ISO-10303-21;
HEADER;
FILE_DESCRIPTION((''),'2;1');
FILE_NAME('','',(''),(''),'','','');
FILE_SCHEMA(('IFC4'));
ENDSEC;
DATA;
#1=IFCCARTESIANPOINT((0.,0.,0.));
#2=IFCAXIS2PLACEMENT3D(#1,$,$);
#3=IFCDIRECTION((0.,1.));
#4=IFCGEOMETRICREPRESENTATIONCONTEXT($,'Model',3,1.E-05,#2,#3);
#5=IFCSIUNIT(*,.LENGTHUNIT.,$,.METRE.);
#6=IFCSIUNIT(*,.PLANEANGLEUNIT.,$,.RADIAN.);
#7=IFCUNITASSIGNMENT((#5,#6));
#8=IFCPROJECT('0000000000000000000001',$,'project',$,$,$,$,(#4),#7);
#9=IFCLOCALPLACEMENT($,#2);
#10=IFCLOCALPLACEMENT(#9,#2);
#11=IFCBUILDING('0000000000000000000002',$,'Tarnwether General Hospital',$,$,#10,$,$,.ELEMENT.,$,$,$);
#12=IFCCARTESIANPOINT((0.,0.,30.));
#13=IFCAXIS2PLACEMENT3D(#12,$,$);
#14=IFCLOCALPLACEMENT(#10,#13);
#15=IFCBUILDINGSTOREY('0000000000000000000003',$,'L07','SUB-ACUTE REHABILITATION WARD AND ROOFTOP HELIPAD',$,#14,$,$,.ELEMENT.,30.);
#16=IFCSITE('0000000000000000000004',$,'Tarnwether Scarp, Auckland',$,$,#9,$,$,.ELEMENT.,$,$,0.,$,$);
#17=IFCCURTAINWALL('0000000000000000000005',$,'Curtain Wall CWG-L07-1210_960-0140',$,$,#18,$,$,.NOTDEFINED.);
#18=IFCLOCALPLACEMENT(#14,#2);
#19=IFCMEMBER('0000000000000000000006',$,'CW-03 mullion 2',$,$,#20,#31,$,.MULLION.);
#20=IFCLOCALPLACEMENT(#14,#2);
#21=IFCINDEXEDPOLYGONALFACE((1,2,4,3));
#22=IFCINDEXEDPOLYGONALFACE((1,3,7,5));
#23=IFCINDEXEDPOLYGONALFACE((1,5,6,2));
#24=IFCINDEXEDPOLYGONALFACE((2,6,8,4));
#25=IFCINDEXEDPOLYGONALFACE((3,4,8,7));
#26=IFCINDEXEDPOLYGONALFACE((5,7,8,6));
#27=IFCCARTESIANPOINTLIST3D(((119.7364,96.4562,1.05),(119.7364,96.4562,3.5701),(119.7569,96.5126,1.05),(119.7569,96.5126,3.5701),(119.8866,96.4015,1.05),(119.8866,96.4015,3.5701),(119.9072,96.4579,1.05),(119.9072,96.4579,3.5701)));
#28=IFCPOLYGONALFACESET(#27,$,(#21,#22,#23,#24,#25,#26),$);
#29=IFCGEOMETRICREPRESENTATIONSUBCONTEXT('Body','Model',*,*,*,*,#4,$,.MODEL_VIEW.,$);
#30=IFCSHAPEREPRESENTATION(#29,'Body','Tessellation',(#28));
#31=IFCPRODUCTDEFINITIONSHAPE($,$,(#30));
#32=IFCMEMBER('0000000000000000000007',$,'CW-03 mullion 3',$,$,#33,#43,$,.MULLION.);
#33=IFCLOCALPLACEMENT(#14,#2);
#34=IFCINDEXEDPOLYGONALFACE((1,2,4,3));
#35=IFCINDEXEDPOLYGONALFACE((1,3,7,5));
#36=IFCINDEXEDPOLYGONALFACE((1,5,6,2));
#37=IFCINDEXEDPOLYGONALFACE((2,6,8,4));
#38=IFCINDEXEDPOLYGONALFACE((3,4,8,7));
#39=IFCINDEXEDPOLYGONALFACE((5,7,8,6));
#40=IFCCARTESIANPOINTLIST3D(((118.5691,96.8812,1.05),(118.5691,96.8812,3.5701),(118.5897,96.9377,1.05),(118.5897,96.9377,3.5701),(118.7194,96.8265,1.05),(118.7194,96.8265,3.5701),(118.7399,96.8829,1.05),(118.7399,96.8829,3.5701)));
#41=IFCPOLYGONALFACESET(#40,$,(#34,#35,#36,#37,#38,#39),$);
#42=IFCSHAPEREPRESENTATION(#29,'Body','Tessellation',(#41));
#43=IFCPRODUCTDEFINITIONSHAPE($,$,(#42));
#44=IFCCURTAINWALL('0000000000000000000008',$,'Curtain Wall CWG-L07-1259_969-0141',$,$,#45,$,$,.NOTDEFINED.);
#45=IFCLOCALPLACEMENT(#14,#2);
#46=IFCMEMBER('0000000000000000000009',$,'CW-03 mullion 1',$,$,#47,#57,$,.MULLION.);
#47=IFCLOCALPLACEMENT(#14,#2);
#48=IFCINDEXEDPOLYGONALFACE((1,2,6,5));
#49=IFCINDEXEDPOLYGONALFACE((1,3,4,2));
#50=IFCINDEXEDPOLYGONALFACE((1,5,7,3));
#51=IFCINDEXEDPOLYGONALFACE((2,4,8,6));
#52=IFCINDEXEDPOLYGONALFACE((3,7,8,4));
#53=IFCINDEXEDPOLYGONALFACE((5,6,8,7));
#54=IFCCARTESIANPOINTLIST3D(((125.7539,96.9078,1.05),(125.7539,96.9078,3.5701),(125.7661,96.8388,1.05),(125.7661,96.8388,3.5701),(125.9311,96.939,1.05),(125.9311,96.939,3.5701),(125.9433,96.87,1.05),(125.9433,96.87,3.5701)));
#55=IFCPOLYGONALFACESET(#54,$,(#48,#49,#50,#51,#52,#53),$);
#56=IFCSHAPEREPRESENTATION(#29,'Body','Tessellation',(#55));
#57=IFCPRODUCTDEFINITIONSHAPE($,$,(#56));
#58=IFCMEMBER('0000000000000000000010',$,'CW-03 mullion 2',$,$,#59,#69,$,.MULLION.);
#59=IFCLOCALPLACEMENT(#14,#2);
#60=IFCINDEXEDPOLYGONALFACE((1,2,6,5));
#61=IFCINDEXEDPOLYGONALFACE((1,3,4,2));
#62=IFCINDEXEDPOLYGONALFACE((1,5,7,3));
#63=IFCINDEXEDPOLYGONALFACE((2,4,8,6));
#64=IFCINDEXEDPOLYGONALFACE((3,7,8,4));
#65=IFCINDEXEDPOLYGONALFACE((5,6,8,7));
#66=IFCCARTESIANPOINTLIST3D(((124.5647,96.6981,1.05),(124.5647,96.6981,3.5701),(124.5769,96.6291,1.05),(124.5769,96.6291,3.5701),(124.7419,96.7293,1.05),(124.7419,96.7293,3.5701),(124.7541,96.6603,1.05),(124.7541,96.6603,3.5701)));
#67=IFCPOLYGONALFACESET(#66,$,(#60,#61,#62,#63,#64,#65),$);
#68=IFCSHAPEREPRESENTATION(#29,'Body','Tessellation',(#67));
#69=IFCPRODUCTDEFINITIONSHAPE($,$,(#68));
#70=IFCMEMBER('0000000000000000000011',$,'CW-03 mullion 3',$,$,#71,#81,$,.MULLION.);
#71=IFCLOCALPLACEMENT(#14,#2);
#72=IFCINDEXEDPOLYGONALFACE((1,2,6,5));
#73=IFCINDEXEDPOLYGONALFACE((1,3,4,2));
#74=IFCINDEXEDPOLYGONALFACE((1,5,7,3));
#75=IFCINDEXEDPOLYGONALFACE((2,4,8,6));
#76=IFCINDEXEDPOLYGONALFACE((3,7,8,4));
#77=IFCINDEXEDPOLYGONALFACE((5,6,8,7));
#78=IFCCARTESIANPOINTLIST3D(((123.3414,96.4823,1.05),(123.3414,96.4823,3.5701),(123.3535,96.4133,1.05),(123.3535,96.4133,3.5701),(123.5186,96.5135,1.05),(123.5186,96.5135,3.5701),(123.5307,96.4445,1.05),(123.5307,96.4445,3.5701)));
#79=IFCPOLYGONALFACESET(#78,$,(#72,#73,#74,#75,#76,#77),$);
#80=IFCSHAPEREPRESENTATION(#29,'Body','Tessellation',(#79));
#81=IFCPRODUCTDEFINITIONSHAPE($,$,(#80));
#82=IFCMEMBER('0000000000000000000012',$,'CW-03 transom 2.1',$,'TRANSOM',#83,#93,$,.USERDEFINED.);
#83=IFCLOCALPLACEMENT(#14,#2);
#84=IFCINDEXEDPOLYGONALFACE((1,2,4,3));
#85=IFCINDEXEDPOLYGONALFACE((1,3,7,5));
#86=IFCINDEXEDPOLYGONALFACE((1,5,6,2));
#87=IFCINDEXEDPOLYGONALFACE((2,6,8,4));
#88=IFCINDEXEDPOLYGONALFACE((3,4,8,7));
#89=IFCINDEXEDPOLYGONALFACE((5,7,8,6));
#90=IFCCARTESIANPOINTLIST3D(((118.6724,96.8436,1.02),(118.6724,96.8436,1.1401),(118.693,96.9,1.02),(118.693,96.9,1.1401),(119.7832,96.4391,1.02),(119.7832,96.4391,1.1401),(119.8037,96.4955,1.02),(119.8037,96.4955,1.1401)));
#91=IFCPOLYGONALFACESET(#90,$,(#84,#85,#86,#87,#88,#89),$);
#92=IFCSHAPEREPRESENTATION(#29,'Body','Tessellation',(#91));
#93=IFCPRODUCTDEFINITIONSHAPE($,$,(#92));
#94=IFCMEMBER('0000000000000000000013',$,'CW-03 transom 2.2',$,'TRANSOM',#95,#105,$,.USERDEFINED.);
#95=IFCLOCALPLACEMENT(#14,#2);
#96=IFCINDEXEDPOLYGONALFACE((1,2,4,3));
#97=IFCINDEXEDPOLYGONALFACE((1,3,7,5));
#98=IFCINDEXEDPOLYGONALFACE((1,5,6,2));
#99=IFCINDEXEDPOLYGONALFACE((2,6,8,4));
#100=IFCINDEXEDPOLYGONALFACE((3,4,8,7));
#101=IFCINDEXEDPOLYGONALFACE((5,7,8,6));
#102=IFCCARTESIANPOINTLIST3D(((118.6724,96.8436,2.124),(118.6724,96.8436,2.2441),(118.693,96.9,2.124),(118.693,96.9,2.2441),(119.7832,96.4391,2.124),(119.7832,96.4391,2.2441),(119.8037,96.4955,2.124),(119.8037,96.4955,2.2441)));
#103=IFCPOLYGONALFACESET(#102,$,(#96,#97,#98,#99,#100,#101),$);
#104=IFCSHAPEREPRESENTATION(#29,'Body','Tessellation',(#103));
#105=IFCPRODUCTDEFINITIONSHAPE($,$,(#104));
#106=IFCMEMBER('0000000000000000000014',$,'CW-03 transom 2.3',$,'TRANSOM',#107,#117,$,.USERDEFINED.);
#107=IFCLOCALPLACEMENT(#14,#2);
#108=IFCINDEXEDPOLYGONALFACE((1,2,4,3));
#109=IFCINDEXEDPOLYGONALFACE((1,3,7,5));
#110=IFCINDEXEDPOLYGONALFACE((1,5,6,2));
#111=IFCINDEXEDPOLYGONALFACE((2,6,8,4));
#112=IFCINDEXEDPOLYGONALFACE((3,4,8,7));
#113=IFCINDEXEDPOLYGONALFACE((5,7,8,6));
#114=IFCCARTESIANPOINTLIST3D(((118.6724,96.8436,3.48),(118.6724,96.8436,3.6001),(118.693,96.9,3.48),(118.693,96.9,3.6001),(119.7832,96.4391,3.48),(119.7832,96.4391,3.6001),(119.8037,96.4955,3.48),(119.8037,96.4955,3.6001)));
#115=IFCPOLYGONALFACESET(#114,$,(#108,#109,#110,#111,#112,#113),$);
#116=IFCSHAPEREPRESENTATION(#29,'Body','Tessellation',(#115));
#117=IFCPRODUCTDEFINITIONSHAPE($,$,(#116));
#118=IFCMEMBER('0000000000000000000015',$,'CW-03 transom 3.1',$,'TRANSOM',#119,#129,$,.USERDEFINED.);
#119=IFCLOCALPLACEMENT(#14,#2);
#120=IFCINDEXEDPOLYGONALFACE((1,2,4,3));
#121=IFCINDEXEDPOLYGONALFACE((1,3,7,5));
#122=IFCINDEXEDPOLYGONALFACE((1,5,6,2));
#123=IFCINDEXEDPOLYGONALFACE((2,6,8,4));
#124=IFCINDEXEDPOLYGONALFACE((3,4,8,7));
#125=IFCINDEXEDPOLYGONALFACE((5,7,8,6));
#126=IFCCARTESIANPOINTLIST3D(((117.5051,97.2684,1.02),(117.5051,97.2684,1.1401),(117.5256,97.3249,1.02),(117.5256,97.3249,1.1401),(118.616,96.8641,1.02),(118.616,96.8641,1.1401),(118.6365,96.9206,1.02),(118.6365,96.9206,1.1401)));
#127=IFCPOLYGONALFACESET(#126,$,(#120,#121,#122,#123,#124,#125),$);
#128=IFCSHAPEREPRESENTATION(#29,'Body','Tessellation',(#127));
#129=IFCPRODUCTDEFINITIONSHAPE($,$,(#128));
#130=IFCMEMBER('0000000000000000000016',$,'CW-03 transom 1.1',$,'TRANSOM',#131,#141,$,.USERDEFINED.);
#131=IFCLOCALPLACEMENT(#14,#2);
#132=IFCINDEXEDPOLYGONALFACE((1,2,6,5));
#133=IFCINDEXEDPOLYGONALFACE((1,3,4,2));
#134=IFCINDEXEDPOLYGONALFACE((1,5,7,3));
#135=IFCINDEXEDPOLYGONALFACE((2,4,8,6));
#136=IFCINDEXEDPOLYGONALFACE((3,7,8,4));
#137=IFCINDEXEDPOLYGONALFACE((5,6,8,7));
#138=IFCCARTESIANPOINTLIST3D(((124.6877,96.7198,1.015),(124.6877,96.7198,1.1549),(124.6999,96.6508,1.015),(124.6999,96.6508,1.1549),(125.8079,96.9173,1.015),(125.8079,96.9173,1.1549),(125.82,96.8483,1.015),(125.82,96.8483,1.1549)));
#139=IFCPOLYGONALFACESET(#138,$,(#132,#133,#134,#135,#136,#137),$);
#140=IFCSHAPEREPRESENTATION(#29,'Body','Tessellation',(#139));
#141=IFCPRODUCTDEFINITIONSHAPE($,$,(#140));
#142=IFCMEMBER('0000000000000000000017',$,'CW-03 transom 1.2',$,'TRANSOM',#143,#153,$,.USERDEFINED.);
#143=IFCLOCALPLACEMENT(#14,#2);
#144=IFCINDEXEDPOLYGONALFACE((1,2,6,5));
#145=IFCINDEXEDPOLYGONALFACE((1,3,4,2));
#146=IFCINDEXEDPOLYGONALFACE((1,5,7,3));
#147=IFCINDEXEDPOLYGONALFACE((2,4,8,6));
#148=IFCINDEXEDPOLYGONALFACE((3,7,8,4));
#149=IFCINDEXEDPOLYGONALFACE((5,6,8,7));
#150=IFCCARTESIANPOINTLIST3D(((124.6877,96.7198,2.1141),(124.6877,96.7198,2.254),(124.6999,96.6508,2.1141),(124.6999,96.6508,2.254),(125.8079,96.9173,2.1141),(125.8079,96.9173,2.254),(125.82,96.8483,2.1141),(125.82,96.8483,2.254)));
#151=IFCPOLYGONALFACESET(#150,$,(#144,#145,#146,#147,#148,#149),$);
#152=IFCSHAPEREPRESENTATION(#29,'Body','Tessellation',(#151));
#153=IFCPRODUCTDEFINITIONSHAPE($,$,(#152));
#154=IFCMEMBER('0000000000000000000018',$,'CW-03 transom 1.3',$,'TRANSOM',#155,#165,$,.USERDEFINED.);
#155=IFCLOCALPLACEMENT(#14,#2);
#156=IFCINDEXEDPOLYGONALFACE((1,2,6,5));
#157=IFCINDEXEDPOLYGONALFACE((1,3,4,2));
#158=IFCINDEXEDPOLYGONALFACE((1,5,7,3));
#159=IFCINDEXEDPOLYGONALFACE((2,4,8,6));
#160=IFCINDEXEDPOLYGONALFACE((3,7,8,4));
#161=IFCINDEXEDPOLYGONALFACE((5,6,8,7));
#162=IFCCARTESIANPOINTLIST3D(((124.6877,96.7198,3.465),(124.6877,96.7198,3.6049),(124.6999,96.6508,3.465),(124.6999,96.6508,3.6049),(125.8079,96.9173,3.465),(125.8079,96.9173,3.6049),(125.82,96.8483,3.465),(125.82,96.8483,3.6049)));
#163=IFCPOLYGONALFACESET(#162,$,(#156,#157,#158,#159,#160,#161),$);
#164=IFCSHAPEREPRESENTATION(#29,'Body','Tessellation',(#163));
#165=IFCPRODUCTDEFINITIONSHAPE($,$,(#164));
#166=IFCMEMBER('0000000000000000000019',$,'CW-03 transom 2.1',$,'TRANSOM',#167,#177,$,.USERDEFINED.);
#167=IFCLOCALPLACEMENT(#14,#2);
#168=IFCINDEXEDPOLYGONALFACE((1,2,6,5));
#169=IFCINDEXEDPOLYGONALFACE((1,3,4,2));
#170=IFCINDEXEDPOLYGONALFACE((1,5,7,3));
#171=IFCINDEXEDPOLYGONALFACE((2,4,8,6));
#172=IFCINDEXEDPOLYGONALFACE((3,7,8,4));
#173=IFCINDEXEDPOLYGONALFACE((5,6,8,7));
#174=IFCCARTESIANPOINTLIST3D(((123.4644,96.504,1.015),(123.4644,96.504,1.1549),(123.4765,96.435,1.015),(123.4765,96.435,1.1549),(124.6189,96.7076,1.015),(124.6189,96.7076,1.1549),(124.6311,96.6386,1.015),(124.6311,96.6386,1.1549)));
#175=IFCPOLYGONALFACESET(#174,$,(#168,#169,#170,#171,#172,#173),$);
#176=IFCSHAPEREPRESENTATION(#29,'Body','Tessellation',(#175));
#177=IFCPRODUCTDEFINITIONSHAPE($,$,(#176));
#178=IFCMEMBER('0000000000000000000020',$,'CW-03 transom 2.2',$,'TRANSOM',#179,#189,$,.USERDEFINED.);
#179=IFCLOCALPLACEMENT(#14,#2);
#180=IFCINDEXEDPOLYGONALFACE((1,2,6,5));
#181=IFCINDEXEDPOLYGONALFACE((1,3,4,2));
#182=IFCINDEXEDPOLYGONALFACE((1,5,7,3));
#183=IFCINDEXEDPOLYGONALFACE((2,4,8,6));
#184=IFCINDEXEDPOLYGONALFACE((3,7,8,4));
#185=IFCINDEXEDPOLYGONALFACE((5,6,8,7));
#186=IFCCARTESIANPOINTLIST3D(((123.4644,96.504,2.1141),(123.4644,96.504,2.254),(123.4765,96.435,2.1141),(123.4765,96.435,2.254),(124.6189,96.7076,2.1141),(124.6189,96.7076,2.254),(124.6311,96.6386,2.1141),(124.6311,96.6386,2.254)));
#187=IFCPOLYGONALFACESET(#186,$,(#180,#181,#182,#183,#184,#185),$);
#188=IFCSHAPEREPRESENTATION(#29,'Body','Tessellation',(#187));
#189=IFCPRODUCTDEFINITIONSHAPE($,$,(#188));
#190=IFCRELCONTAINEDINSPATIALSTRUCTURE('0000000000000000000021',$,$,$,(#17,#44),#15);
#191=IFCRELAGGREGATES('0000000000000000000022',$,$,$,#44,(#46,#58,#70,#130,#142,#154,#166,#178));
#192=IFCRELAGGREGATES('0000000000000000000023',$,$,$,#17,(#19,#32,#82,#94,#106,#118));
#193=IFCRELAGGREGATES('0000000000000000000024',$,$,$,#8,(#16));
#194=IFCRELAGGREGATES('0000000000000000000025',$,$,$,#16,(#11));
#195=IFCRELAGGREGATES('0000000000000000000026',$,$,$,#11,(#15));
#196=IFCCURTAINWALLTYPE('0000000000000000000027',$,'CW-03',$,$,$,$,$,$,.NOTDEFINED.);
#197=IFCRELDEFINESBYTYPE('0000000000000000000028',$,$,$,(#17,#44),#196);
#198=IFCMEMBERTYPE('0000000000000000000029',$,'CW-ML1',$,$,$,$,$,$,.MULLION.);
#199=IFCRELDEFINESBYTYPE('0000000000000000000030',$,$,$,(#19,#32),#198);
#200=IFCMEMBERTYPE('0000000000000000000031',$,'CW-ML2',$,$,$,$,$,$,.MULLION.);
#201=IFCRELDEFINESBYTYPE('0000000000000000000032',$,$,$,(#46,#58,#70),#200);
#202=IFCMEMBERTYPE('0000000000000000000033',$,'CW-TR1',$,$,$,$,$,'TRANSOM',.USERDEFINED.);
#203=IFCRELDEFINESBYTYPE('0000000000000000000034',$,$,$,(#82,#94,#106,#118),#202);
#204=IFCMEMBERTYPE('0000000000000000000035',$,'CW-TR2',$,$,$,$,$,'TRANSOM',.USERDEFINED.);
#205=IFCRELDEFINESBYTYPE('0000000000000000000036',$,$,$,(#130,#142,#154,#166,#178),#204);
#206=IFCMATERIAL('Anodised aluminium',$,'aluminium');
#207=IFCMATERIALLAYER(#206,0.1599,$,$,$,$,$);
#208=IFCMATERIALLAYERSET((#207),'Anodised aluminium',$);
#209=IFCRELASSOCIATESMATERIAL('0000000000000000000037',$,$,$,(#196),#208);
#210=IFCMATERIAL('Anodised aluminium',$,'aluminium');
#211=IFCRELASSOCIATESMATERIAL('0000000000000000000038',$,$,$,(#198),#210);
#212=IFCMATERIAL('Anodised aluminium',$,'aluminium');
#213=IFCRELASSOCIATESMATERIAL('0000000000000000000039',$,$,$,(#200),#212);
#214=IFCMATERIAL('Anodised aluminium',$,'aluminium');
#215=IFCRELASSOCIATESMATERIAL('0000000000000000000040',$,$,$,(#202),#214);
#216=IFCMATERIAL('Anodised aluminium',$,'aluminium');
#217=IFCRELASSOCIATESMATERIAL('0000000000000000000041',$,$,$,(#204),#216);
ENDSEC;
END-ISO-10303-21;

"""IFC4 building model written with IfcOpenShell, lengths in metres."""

from ifc_helpers import new_model, si_unit, direction, frame, origin, origin_2d, place, context, subcontext, project, spatial, rectangle, extrude, material, layer, layer_set, material_profile, profile_set, type_object, element, aggregate, save


model = new_model("IFC4")

# Units and contexts
model_context = context("Model", 3, precision=1e-05, world=origin(), true_north=direction((0.0, 1.0)))
body_context = subcontext(model_context, "Body", "Model", "MODEL_VIEW")
ifc_project = project(units=[si_unit("LENGTHUNIT", "METRE"), si_unit("PLANEANGLEUNIT", "RADIAN")], contexts=[model_context])

# Site, building, storey
site_placement = place(None, origin())
site = spatial("IfcSite", under=ifc_project, at=site_placement, Name="Tarnwether Scarp, Auckland", CompositionType="ELEMENT", RefElevation=0.0)
building_placement = place(site_placement, origin())
building = spatial("IfcBuilding", under=site, at=building_placement, Name="Tarnwether General Hospital", CompositionType="ELEMENT")
storey_placement = place(building_placement, frame((0.0, 0.0, 30.0)))
storey = spatial("IfcBuildingStorey", under=building, at=storey_placement, Name="L07", Description="SUB-ACUTE REHABILITATION WARD AND ROOFTOP HELIPAD", CompositionType="ELEMENT", Elevation=30.0)

# Curtain walls, members
ifc_material_1 = material(Name="Anodised aluminium", Category="aluminium")
ifc_layer_1 = layer(ifc_material_1, 0.1599)
ifc_layer_set_1 = layer_set([ifc_layer_1], Name="Anodised aluminium")
curtain_wall_type = type_object("IfcCurtainWallType", Name="CW-03", PredefinedType="NOTDEFINED", material=ifc_layer_set_1)
curtain_wall_1_placement = place(storey_placement, origin())
curtain_wall_1 = element("IfcCurtainWall", 1, at=curtain_wall_1_placement, inside=storey, type_object=curtain_wall_type, Name="Curtain Wall CWG-L07-1210_960-0140", PredefinedType="NOTDEFINED")
ifc_material_2 = material(Name="Anodised aluminium", Category="aluminium")
ifc_material_profile_1 = material_profile(ifc_material_2, rectangle(XDim=0.0601, YDim=0.1599, at=origin_2d()), Name="ALU-MUL-60x160")
ifc_profile_set_1 = profile_set([ifc_material_profile_1], Name="Anodised aluminium")
member_type_1 = type_object("IfcMemberType", Name="CW-ML1", PredefinedType="MULLION", material=ifc_profile_set_1)
member_1_placement = place(storey_placement, frame((119.8218, 96.457, 1.05), z_axis=(0.0, 0.0, 1.0), x_axis=(-0.342131, -0.939652, 0.0)))
member_1 = element("IfcMember", 2, at=member_1_placement, type_object=member_type_1, Name="CW-03 mullion 2", PredefinedType="MULLION", context=body_context, shape_type="SweptSolid", body=[
    extrude(rectangle(XDim=0.0601, YDim=0.1599, at=origin_2d()), origin(), (0.0, 0.0, 1.0), 2.52),
])
member_2_placement = place(storey_placement, frame((118.6545, 96.8821, 1.05), z_axis=(0.0, 0.0, 1.0), x_axis=(-0.342131, -0.939652, 0.0)))
member_2 = element("IfcMember", 3, at=member_2_placement, type_object=member_type_1, Name="CW-03 mullion 3", PredefinedType="MULLION", context=body_context, shape_type="SweptSolid", body=[
    extrude(rectangle(XDim=0.0601, YDim=0.1599, at=origin_2d()), origin(), (0.0, 0.0, 1.0), 2.52),
])
curtain_wall_2_placement = place(storey_placement, origin())
curtain_wall_2 = element("IfcCurtainWall", 4, at=curtain_wall_2_placement, inside=storey, type_object=curtain_wall_type, Name="Curtain Wall CWG-L07-1259_969-0141", PredefinedType="NOTDEFINED")
ifc_material_3 = material(Name="Anodised aluminium", Category="aluminium")
ifc_material_profile_2 = material_profile(ifc_material_3, rectangle(XDim=0.0701, YDim=0.1799, at=origin_2d()), Name="ALU-MUL-70x180")
ifc_profile_set_2 = profile_set([ifc_material_profile_2], Name="Anodised aluminium")
member_type_2 = type_object("IfcMemberType", Name="CW-ML2", PredefinedType="MULLION", material=ifc_profile_set_2)
member_3_placement = place(storey_placement, frame((125.8486, 96.8889, 1.05), z_axis=(0.0, 0.0, 1.0), x_axis=(0.173659, -0.984806, 0.0)))
member_3 = element("IfcMember", 5, at=member_3_placement, type_object=member_type_2, Name="CW-03 mullion 1", PredefinedType="MULLION", context=body_context, shape_type="SweptSolid", body=[
    extrude(rectangle(XDim=0.0701, YDim=0.1799, at=origin_2d()), origin(), (0.0, 0.0, 1.0), 2.52),
])
member_4_placement = place(storey_placement, frame((124.6594, 96.6792, 1.05), z_axis=(0.0, 0.0, 1.0), x_axis=(0.173659, -0.984806, 0.0)))
member_4 = element("IfcMember", 6, at=member_4_placement, type_object=member_type_2, Name="CW-03 mullion 2", PredefinedType="MULLION", context=body_context, shape_type="SweptSolid", body=[
    extrude(rectangle(XDim=0.0701, YDim=0.1799, at=origin_2d()), origin(), (0.0, 0.0, 1.0), 2.52),
])
member_5_placement = place(storey_placement, frame((123.436, 96.4634, 1.05), z_axis=(0.0, 0.0, 1.0), x_axis=(0.173659, -0.984806, 0.0)))
member_5 = element("IfcMember", 7, at=member_5_placement, type_object=member_type_2, Name="CW-03 mullion 3", PredefinedType="MULLION", context=body_context, shape_type="SweptSolid", body=[
    extrude(rectangle(XDim=0.0701, YDim=0.1799, at=origin_2d()), origin(), (0.0, 0.0, 1.0), 2.52),
])

# Members
ifc_material_4 = material(Name="Anodised aluminium", Category="aluminium")
ifc_material_profile_3 = material_profile(ifc_material_4, rectangle(XDim=0.0601, YDim=0.1201, at=origin_2d()), Name="ALU-TRN-60x120")
ifc_profile_set_3 = profile_set([ifc_material_profile_3], Name="Anodised aluminium")
member_type_3 = type_object("IfcMemberType", Name="CW-TR1", ElementType="TRANSOM", PredefinedType="USERDEFINED", material=ifc_profile_set_3)
member_6_placement = place(storey_placement, frame((119.7935, 96.4673, 1.0801), z_axis=(-0.939631, 0.342191, 0.0), x_axis=(-0.342191, -0.939631, 0.0)))
member_6 = element("IfcMember", 8, at=member_6_placement, type_object=member_type_3, Name="CW-03 transom 2.1", ObjectType="TRANSOM", PredefinedType="USERDEFINED", context=body_context, shape_type="SweptSolid", body=[
    extrude(rectangle(XDim=0.0601, YDim=0.1201, at=origin_2d()), origin(), (0.0, 0.0, 1.0), 1.1821),
])
member_7_placement = place(storey_placement, frame((119.7935, 96.4673, 2.1841), z_axis=(-0.939631, 0.342191, 0.0), x_axis=(-0.342191, -0.939631, 0.0)))
member_7 = element("IfcMember", 9, at=member_7_placement, type_object=member_type_3, Name="CW-03 transom 2.2", ObjectType="TRANSOM", PredefinedType="USERDEFINED", context=body_context, shape_type="SweptSolid", body=[
    extrude(rectangle(XDim=0.0601, YDim=0.1201, at=origin_2d()), origin(), (0.0, 0.0, 1.0), 1.1821),
])
member_8_placement = place(storey_placement, frame((119.7935, 96.4673, 3.54), z_axis=(-0.939631, 0.342191, 0.0), x_axis=(-0.342191, -0.939631, 0.0)))
member_8 = element("IfcMember", 10, at=member_8_placement, type_object=member_type_3, Name="CW-03 transom 2.3", ObjectType="TRANSOM", PredefinedType="USERDEFINED", context=body_context, shape_type="SweptSolid", body=[
    extrude(rectangle(XDim=0.0601, YDim=0.1201, at=origin_2d()), origin(), (0.0, 0.0, 1.0), 1.1821),
])
member_9_placement = place(storey_placement, frame((118.6262, 96.8923, 1.0801), z_axis=(-0.939697, 0.342008, 0.0), x_axis=(-0.342008, -0.939697, 0.0)))
member_9 = element("IfcMember", 11, at=member_9_placement, type_object=member_type_3, Name="CW-03 transom 3.1", ObjectType="TRANSOM", PredefinedType="USERDEFINED", context=body_context, shape_type="SweptSolid", body=[
    extrude(rectangle(XDim=0.0601, YDim=0.1201, at=origin_2d()), origin(), (0.0, 0.0, 1.0), 1.1821),
])
ifc_material_5 = material(Name="Anodised aluminium", Category="aluminium")
ifc_material_profile_4 = material_profile(ifc_material_5, rectangle(XDim=0.0701, YDim=0.1399, at=origin_2d()), Name="ALU-TRN-70x140")
ifc_profile_set_4 = profile_set([ifc_material_profile_4], Name="Anodised aluminium")
member_type_4 = type_object("IfcMemberType", Name="CW-TR2", ElementType="TRANSOM", PredefinedType="USERDEFINED", material=ifc_profile_set_4)
member_10_placement = place(storey_placement, frame((125.814, 96.8828, 1.085), z_axis=(-0.984807, -0.173651, 0.0), x_axis=(0.173651, -0.984807, 0.0)))
member_10 = element("IfcMember", 12, at=member_10_placement, type_object=member_type_4, Name="CW-03 transom 1.1", ObjectType="TRANSOM", PredefinedType="USERDEFINED", context=body_context, shape_type="SweptSolid", body=[
    extrude(rectangle(XDim=0.0701, YDim=0.1399, at=origin_2d()), origin(), (0.0, 0.0, 1.0), 1.1375),
])
member_11_placement = place(storey_placement, frame((125.814, 96.8828, 2.1841), z_axis=(-0.984807, -0.173651, 0.0), x_axis=(0.173651, -0.984807, 0.0)))
member_11 = element("IfcMember", 13, at=member_11_placement, type_object=member_type_4, Name="CW-03 transom 1.2", ObjectType="TRANSOM", PredefinedType="USERDEFINED", context=body_context, shape_type="SweptSolid", body=[
    extrude(rectangle(XDim=0.0701, YDim=0.1399, at=origin_2d()), origin(), (0.0, 0.0, 1.0), 1.1375),
])
member_12_placement = place(storey_placement, frame((125.814, 96.8828, 3.5349), z_axis=(-0.984807, -0.173651, 0.0), x_axis=(0.173651, -0.984807, 0.0)))
member_12 = element("IfcMember", 14, at=member_12_placement, type_object=member_type_4, Name="CW-03 transom 1.3", ObjectType="TRANSOM", PredefinedType="USERDEFINED", context=body_context, shape_type="SweptSolid", body=[
    extrude(rectangle(XDim=0.0701, YDim=0.1399, at=origin_2d()), origin(), (0.0, 0.0, 1.0), 1.1375),
])
member_13_placement = place(storey_placement, frame((124.625, 96.6731, 1.085), z_axis=(-0.984802, -0.173678, 0.0), x_axis=(0.173678, -0.984802, 0.0)))
member_13 = element("IfcMember", 15, at=member_13_placement, type_object=member_type_4, Name="CW-03 transom 2.1", ObjectType="TRANSOM", PredefinedType="USERDEFINED", context=body_context, shape_type="SweptSolid", body=[
    extrude(rectangle(XDim=0.0701, YDim=0.1399, at=origin_2d()), origin(), (0.0, 0.0, 1.0), 1.1724),
])
member_14_placement = place(storey_placement, frame((124.625, 96.6731, 2.1841), z_axis=(-0.984802, -0.173678, 0.0), x_axis=(0.173678, -0.984802, 0.0)))
member_14 = element("IfcMember", 16, at=member_14_placement, type_object=member_type_4, Name="CW-03 transom 2.2", ObjectType="TRANSOM", PredefinedType="USERDEFINED", context=body_context, shape_type="SweptSolid", body=[
    extrude(rectangle(XDim=0.0701, YDim=0.1399, at=origin_2d()), origin(), (0.0, 0.0, 1.0), 1.1724),
])

aggregate(curtain_wall_2, [member_3, member_4, member_5, member_10, member_11, member_12, member_13, member_14])
aggregate(curtain_wall_1, [member_1, member_2, member_6, member_7, member_8, member_9])

save(model, "model.ifc")
